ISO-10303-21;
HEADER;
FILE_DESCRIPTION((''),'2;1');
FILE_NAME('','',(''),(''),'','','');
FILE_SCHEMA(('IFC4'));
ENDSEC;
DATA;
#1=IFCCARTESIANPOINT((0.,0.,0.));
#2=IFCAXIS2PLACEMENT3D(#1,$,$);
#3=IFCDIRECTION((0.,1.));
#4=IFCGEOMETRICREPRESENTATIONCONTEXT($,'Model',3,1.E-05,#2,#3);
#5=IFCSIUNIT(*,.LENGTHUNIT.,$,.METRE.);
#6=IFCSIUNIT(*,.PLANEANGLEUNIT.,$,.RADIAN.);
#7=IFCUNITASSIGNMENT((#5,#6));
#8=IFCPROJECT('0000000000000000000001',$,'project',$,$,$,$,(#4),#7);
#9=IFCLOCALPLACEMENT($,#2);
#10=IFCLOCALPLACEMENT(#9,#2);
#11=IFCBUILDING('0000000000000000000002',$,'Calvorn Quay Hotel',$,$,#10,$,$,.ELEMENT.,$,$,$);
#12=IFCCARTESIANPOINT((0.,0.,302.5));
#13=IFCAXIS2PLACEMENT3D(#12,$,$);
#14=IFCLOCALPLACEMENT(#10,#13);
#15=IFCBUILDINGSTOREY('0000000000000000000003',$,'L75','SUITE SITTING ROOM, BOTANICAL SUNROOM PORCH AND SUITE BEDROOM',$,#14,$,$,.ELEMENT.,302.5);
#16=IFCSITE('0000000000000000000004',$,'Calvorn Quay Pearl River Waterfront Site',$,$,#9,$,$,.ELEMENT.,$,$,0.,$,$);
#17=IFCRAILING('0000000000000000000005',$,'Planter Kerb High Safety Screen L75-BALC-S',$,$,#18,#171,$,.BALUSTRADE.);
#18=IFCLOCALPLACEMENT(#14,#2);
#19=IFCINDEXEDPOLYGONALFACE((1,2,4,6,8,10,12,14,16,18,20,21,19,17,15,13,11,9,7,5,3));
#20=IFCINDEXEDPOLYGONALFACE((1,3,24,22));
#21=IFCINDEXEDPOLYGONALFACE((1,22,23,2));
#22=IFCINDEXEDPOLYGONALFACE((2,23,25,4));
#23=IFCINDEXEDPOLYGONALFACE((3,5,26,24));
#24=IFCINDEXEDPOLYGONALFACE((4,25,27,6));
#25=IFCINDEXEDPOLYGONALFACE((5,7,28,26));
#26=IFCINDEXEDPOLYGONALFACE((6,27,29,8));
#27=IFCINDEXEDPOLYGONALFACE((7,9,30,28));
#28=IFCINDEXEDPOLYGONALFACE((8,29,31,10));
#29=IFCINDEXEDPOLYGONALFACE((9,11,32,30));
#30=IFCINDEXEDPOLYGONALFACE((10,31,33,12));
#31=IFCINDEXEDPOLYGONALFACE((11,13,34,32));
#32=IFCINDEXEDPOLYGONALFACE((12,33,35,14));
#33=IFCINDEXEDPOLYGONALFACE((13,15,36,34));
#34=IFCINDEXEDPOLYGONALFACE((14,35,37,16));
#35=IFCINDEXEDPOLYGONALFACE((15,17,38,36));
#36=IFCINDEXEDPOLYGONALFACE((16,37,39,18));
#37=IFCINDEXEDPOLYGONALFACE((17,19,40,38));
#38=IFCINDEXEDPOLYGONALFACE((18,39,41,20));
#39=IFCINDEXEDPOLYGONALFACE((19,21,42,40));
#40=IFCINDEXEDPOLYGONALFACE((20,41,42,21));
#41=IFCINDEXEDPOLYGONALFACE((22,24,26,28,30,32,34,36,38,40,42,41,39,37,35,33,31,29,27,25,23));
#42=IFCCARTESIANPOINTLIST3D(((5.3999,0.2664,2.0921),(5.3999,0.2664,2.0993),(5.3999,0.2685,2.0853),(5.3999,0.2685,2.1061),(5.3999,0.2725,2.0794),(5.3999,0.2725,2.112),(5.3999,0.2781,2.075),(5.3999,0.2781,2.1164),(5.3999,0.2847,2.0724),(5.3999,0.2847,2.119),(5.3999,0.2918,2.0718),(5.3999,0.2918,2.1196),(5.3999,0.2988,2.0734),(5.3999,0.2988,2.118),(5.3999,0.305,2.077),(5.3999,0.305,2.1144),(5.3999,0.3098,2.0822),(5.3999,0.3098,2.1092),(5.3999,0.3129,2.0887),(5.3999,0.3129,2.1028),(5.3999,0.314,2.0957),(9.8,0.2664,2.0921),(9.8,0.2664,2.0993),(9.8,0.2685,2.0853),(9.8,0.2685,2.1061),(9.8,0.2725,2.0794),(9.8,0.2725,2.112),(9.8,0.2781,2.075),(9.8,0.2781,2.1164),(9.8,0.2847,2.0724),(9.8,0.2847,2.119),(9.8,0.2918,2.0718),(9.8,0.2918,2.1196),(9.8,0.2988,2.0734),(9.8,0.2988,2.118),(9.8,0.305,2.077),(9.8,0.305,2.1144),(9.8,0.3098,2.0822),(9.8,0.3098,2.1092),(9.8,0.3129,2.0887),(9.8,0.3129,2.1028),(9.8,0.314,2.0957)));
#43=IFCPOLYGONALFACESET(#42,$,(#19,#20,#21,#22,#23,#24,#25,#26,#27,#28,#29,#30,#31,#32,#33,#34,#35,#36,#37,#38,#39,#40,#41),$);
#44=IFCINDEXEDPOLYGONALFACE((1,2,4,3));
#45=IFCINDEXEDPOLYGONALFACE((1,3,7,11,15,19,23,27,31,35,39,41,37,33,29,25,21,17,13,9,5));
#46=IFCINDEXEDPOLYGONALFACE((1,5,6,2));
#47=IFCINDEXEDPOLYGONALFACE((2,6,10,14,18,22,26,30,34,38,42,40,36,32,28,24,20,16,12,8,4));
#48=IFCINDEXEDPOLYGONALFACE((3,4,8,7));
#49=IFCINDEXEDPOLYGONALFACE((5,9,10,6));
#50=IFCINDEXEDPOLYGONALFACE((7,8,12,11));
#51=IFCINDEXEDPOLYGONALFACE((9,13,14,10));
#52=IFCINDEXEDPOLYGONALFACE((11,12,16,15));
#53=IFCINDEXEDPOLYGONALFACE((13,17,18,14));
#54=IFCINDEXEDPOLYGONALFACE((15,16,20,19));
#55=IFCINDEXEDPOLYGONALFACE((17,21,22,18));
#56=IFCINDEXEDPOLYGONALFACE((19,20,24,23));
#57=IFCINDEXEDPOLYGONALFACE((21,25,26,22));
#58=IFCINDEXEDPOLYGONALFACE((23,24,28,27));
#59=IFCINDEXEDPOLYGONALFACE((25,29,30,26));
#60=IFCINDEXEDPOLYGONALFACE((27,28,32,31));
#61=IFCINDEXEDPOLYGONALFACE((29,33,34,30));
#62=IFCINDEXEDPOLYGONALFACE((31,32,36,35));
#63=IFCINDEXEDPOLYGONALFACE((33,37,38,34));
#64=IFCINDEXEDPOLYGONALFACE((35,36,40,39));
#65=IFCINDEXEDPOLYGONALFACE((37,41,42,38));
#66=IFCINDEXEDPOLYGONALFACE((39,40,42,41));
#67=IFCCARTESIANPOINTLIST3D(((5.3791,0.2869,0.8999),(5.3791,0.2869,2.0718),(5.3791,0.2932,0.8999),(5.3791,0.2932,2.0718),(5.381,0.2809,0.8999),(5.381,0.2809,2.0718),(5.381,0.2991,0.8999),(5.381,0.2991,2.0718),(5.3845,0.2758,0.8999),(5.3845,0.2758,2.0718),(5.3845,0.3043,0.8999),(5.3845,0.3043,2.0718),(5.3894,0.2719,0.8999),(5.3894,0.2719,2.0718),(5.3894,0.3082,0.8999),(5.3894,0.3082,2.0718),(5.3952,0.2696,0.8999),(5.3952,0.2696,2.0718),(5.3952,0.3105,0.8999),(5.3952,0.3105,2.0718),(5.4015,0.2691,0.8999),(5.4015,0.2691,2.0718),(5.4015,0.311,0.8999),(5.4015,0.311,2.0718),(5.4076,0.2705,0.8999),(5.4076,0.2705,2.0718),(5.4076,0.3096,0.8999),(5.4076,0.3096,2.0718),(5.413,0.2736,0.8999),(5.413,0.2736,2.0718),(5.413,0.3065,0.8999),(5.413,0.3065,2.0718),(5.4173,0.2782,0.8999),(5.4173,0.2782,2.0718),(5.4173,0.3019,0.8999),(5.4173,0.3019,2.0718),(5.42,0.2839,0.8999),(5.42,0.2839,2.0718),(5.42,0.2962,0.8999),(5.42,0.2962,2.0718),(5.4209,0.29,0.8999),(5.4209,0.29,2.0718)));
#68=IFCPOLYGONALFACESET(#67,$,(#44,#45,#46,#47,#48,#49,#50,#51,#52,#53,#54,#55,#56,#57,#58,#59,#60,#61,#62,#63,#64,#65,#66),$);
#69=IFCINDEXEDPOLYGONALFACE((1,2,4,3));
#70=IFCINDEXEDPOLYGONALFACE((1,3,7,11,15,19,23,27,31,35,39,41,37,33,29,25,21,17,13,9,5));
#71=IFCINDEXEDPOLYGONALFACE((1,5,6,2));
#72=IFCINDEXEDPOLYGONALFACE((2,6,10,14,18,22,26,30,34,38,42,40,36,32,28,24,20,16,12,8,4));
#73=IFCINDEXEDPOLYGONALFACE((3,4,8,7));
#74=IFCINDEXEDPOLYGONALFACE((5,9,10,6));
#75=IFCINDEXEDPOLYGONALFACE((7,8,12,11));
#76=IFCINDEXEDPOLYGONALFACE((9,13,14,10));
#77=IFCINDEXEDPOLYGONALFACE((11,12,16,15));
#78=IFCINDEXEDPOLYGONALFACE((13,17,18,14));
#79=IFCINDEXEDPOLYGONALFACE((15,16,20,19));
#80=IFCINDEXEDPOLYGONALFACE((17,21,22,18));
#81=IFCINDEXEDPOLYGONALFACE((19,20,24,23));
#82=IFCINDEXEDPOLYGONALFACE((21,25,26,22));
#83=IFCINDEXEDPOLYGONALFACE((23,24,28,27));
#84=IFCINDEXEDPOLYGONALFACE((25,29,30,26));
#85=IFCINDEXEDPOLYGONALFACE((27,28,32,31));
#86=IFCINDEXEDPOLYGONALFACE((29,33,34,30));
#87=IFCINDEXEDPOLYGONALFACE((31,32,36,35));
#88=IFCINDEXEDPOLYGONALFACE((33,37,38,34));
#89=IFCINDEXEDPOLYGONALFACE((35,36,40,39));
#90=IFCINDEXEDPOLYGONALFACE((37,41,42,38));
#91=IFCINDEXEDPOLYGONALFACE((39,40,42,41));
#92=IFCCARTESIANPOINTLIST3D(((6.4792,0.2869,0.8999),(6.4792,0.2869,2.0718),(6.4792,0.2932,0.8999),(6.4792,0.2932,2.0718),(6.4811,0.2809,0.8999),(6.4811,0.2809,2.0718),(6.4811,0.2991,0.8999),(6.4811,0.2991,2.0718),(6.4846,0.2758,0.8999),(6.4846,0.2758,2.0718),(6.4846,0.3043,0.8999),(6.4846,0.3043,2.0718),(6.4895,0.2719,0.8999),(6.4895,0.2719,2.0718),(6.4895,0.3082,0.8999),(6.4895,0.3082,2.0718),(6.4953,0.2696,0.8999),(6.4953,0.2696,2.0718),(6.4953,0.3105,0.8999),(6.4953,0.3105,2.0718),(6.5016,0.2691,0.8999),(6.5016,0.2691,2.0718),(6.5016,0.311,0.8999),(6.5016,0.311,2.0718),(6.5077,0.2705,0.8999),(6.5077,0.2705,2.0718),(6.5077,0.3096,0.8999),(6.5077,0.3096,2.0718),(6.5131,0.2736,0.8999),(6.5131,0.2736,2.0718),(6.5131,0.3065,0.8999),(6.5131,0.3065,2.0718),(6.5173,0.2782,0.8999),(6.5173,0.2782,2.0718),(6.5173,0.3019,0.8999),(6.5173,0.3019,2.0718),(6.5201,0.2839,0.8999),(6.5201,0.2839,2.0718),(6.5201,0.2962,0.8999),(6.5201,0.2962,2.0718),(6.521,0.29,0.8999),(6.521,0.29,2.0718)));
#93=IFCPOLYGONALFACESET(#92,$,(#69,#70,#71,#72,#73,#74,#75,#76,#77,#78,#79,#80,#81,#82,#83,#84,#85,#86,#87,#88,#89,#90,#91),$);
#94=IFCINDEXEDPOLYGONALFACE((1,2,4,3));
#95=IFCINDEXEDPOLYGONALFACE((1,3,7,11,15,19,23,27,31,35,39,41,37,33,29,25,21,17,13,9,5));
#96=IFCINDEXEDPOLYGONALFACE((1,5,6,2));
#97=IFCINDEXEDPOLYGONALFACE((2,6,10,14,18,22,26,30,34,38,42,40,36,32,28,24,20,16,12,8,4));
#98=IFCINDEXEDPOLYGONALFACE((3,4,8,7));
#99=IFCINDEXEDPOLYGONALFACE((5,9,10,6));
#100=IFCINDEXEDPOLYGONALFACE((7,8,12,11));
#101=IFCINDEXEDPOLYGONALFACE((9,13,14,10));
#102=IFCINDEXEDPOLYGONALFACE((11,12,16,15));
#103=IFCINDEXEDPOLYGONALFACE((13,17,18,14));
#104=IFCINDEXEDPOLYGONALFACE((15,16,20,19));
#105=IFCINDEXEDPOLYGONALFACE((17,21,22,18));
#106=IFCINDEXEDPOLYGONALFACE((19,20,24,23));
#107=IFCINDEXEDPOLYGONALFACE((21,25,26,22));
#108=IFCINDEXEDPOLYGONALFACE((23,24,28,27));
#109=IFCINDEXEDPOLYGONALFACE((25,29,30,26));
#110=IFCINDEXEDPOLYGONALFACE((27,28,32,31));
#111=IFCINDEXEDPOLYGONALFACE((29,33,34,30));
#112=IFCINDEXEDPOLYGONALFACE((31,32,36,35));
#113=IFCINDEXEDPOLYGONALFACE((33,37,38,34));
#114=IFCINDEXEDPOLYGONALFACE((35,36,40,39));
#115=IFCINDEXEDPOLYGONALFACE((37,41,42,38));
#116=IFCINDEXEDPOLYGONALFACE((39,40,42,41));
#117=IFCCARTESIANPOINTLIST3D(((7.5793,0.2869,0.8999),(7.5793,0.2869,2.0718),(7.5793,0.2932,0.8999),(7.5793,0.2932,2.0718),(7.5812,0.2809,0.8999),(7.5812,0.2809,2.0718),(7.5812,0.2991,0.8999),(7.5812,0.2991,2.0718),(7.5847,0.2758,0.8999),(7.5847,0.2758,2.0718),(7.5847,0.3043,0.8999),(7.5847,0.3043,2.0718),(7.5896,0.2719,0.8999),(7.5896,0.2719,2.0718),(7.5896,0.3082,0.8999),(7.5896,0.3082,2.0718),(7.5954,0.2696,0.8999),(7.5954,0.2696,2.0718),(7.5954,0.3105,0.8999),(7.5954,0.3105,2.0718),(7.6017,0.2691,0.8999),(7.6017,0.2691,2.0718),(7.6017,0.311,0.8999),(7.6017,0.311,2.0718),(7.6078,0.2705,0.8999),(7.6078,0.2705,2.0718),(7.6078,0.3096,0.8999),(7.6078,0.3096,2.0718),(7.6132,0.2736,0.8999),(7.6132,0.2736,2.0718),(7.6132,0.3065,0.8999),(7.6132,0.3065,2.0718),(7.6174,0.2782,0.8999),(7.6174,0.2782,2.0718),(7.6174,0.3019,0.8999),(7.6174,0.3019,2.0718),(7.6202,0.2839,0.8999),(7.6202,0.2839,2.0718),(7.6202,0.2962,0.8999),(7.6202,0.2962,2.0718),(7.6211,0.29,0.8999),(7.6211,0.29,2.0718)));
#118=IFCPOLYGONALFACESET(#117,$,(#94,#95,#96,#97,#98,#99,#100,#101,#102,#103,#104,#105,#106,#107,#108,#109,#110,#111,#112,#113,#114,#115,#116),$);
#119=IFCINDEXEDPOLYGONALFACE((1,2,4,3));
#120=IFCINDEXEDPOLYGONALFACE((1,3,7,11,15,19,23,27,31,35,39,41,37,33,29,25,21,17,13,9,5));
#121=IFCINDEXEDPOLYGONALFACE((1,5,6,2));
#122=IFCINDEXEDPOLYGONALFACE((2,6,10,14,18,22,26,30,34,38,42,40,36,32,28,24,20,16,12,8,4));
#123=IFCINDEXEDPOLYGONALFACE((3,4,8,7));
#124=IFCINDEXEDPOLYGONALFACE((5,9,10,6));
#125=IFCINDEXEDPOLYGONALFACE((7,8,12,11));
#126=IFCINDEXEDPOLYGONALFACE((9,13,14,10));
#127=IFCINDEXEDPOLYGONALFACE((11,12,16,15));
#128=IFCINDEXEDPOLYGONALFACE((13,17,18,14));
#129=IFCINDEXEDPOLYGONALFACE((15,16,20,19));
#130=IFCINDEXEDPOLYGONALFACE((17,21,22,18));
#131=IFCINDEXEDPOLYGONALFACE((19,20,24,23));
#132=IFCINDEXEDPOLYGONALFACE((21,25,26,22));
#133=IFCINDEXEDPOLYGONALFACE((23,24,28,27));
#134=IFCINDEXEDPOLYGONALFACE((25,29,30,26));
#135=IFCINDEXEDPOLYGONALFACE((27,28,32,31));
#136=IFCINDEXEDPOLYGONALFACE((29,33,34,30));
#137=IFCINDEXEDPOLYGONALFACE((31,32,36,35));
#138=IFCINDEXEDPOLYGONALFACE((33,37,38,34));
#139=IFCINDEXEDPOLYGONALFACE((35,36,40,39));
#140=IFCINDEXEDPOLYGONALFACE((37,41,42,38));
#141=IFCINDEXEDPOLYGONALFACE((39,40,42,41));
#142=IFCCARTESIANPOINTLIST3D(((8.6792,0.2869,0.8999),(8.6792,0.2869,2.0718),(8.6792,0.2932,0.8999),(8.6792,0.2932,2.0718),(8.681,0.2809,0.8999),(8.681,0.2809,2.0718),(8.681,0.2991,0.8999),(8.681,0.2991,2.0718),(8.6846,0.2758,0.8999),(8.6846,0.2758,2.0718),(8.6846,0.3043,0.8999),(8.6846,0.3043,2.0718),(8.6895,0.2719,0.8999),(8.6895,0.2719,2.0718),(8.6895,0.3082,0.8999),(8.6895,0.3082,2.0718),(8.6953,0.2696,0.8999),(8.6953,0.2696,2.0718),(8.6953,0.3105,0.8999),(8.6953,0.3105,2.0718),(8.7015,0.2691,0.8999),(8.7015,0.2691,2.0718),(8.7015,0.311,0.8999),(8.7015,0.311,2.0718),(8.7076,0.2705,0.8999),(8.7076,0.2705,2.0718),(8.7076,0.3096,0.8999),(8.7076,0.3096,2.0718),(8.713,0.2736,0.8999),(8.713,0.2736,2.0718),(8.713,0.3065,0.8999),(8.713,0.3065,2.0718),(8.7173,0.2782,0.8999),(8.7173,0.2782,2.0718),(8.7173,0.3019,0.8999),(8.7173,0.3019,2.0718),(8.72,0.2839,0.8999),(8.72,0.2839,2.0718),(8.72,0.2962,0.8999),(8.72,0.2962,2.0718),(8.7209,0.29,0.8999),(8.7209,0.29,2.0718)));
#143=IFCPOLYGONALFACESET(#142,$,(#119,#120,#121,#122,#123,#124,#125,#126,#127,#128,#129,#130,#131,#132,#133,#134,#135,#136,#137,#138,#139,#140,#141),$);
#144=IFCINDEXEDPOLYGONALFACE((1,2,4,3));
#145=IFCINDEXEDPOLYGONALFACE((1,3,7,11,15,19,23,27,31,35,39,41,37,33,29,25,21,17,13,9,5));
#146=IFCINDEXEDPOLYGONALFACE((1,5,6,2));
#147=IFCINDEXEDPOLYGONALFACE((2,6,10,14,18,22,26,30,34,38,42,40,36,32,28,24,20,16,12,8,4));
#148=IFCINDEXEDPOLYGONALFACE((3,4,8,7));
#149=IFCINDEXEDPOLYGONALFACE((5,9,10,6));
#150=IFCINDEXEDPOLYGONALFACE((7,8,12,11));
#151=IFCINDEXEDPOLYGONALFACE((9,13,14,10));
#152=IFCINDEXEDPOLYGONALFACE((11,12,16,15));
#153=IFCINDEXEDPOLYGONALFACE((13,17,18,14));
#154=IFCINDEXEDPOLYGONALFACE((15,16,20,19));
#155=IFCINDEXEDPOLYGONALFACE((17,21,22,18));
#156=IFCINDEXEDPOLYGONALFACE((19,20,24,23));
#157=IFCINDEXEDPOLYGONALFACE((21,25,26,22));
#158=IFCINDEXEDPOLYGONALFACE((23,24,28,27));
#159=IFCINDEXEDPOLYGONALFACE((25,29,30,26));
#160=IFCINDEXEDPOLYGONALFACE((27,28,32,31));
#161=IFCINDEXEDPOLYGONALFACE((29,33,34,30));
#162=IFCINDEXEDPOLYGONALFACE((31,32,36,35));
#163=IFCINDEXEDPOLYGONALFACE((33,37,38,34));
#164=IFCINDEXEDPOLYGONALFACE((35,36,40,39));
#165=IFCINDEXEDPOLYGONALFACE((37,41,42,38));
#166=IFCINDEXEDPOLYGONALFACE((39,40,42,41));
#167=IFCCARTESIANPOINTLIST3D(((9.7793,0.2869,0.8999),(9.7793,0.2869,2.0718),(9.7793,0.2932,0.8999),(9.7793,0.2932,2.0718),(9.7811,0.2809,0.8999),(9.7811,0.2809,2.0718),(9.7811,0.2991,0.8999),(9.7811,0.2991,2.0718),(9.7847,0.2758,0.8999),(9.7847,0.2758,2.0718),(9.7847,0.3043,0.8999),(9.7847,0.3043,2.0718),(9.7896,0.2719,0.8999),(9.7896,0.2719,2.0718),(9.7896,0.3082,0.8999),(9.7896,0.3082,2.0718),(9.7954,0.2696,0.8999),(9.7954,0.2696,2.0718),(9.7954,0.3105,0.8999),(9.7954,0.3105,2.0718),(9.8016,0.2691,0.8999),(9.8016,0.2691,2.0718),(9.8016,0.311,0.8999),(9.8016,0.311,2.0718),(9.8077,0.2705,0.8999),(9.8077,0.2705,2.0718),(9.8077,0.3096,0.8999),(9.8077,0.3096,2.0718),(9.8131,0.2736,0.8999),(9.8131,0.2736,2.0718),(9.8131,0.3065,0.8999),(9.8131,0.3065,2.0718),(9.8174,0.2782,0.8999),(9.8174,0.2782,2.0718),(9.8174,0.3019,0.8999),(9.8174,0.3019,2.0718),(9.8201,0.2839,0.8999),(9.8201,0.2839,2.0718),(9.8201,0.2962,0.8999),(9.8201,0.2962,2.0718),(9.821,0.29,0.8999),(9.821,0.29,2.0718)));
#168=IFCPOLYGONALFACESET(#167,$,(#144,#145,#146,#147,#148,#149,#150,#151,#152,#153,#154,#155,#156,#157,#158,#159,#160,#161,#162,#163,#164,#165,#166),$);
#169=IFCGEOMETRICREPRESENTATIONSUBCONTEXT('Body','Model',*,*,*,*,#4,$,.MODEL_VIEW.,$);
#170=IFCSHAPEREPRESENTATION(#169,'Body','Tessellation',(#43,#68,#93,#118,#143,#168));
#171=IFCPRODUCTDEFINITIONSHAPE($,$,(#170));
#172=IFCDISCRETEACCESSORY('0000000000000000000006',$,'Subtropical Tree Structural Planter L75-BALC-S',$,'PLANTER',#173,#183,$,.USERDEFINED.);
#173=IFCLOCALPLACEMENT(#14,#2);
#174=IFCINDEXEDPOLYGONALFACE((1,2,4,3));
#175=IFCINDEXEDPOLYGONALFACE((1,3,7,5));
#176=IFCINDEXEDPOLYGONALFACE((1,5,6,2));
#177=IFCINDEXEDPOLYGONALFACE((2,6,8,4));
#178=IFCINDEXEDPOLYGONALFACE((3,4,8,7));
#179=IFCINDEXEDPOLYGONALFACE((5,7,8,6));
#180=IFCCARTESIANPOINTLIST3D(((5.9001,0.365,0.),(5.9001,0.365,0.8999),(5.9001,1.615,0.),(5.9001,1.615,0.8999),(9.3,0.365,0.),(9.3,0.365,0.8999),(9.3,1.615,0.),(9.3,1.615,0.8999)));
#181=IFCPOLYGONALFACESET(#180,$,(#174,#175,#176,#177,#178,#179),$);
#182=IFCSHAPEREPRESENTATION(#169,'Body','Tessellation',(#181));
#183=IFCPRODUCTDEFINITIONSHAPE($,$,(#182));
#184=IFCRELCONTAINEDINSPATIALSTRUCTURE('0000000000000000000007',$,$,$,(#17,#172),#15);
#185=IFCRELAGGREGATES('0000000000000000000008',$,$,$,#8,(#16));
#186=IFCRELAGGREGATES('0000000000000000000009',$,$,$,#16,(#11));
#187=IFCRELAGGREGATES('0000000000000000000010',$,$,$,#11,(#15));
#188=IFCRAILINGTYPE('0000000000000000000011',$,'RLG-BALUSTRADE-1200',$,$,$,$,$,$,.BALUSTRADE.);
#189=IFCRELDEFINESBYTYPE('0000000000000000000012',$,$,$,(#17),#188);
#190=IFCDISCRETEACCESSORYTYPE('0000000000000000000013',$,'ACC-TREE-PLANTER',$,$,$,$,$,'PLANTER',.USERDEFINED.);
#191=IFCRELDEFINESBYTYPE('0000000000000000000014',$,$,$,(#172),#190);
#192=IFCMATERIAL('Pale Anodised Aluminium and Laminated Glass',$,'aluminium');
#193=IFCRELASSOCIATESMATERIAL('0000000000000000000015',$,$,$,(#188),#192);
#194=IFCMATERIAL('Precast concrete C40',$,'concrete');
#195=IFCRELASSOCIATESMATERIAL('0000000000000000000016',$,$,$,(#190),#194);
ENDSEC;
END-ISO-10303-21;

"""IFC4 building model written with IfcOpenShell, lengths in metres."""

from ifc_helpers import new_model, si_unit, direction, frame, origin, origin_2d, place, context, subcontext, project, spatial, rectangle, circle, extrude, material, type_object, element, save


model = new_model("IFC4")

# Units and contexts
model_context = context("Model", 3, precision=1e-05, world=origin(), true_north=direction((0.0, 1.0)))
body_context = subcontext(model_context, "Body", "Model", "MODEL_VIEW")
ifc_project = project(units=[si_unit("LENGTHUNIT", "METRE"), si_unit("PLANEANGLEUNIT", "RADIAN")], contexts=[model_context])

# Site, building, storey
site_placement = place(None, origin())
site = spatial("IfcSite", under=ifc_project, at=site_placement, Name="Calvorn Quay Pearl River Waterfront Site", CompositionType="ELEMENT", RefElevation=0.0)
building_placement = place(site_placement, origin())
building = spatial("IfcBuilding", under=site, at=building_placement, Name="Calvorn Quay Hotel", CompositionType="ELEMENT")
storey_placement = place(building_placement, frame((0.0, 0.0, 302.5)))
storey = spatial("IfcBuildingStorey", under=building, at=storey_placement, Name="L75", Description="SUITE SITTING ROOM, BOTANICAL SUNROOM PORCH AND SUITE BEDROOM", CompositionType="ELEMENT", Elevation=302.5)

# Railing
ifc_material_1 = material(Name="Pale Anodised Aluminium and Laminated Glass", Category="aluminium")
railing_type = type_object("IfcRailingType", Name="RLG-BALUSTRADE-1200", PredefinedType="BALUSTRADE", material=ifc_material_1)
railing_1_placement = place(storey_placement, frame((5.3999, 0.29, 0.8999)))
element("IfcRailing", 1, at=railing_1_placement, inside=storey, type_object=railing_type, Name="Planter Kerb High Safety Screen L75-BALC-S", PredefinedType="BALUSTRADE", context=body_context, shape_type="SweptSolid", body=[
    extrude(circle(Radius=0.0239, at=origin_2d()), frame((0.0, 0.0, 1.1958), z_axis=(1.0, 0.0, 0.0), x_axis=(0.0, 1.0, 0.0)), (0.0, 0.0, 1.0), 4.4001),
    extrude(circle(Radius=0.021, at=origin_2d()), origin(), (0.0, 0.0, 1.0), 1.1719),
    extrude(circle(Radius=0.021, at=origin_2d()), frame((1.1001, 0.0, 0.0)), (0.0, 0.0, 1.0), 1.1719),
    extrude(circle(Radius=0.021, at=origin_2d()), frame((2.2002, 0.0, 0.0)), (0.0, 0.0, 1.0), 1.1719),
    extrude(circle(Radius=0.021, at=origin_2d()), frame((3.3, 0.0, 0.0)), (0.0, 0.0, 1.0), 1.1719),
    extrude(circle(Radius=0.021, at=origin_2d()), frame((4.4001, 0.0, 0.0)), (0.0, 0.0, 1.0), 1.1719),
])

# Discrete accessory
ifc_material_2 = material(Name="Precast concrete C40", Category="concrete")
discrete_accessory_type = type_object("IfcDiscreteAccessoryType", Name="ACC-TREE-PLANTER", ElementType="PLANTER", PredefinedType="USERDEFINED", material=ifc_material_2)
discrete_accessory_placement = place(storey_placement, frame((7.6001, 0.99, 0.0), z_axis=(0.0, 0.0, 1.0), x_axis=(1.0, 0.0, 0.0)))
element("IfcDiscreteAccessory", 2, at=discrete_accessory_placement, inside=storey, type_object=discrete_accessory_type, Name="Subtropical Tree Structural Planter L75-BALC-S", ObjectType="PLANTER", PredefinedType="USERDEFINED", context=body_context, shape_type="SweptSolid", body=[
    extrude(rectangle(XDim=3.3999, YDim=1.25, at=origin_2d()), origin(), (0.0, 0.0, 1.0), 0.8999),
])

save(model, "model.ifc")
